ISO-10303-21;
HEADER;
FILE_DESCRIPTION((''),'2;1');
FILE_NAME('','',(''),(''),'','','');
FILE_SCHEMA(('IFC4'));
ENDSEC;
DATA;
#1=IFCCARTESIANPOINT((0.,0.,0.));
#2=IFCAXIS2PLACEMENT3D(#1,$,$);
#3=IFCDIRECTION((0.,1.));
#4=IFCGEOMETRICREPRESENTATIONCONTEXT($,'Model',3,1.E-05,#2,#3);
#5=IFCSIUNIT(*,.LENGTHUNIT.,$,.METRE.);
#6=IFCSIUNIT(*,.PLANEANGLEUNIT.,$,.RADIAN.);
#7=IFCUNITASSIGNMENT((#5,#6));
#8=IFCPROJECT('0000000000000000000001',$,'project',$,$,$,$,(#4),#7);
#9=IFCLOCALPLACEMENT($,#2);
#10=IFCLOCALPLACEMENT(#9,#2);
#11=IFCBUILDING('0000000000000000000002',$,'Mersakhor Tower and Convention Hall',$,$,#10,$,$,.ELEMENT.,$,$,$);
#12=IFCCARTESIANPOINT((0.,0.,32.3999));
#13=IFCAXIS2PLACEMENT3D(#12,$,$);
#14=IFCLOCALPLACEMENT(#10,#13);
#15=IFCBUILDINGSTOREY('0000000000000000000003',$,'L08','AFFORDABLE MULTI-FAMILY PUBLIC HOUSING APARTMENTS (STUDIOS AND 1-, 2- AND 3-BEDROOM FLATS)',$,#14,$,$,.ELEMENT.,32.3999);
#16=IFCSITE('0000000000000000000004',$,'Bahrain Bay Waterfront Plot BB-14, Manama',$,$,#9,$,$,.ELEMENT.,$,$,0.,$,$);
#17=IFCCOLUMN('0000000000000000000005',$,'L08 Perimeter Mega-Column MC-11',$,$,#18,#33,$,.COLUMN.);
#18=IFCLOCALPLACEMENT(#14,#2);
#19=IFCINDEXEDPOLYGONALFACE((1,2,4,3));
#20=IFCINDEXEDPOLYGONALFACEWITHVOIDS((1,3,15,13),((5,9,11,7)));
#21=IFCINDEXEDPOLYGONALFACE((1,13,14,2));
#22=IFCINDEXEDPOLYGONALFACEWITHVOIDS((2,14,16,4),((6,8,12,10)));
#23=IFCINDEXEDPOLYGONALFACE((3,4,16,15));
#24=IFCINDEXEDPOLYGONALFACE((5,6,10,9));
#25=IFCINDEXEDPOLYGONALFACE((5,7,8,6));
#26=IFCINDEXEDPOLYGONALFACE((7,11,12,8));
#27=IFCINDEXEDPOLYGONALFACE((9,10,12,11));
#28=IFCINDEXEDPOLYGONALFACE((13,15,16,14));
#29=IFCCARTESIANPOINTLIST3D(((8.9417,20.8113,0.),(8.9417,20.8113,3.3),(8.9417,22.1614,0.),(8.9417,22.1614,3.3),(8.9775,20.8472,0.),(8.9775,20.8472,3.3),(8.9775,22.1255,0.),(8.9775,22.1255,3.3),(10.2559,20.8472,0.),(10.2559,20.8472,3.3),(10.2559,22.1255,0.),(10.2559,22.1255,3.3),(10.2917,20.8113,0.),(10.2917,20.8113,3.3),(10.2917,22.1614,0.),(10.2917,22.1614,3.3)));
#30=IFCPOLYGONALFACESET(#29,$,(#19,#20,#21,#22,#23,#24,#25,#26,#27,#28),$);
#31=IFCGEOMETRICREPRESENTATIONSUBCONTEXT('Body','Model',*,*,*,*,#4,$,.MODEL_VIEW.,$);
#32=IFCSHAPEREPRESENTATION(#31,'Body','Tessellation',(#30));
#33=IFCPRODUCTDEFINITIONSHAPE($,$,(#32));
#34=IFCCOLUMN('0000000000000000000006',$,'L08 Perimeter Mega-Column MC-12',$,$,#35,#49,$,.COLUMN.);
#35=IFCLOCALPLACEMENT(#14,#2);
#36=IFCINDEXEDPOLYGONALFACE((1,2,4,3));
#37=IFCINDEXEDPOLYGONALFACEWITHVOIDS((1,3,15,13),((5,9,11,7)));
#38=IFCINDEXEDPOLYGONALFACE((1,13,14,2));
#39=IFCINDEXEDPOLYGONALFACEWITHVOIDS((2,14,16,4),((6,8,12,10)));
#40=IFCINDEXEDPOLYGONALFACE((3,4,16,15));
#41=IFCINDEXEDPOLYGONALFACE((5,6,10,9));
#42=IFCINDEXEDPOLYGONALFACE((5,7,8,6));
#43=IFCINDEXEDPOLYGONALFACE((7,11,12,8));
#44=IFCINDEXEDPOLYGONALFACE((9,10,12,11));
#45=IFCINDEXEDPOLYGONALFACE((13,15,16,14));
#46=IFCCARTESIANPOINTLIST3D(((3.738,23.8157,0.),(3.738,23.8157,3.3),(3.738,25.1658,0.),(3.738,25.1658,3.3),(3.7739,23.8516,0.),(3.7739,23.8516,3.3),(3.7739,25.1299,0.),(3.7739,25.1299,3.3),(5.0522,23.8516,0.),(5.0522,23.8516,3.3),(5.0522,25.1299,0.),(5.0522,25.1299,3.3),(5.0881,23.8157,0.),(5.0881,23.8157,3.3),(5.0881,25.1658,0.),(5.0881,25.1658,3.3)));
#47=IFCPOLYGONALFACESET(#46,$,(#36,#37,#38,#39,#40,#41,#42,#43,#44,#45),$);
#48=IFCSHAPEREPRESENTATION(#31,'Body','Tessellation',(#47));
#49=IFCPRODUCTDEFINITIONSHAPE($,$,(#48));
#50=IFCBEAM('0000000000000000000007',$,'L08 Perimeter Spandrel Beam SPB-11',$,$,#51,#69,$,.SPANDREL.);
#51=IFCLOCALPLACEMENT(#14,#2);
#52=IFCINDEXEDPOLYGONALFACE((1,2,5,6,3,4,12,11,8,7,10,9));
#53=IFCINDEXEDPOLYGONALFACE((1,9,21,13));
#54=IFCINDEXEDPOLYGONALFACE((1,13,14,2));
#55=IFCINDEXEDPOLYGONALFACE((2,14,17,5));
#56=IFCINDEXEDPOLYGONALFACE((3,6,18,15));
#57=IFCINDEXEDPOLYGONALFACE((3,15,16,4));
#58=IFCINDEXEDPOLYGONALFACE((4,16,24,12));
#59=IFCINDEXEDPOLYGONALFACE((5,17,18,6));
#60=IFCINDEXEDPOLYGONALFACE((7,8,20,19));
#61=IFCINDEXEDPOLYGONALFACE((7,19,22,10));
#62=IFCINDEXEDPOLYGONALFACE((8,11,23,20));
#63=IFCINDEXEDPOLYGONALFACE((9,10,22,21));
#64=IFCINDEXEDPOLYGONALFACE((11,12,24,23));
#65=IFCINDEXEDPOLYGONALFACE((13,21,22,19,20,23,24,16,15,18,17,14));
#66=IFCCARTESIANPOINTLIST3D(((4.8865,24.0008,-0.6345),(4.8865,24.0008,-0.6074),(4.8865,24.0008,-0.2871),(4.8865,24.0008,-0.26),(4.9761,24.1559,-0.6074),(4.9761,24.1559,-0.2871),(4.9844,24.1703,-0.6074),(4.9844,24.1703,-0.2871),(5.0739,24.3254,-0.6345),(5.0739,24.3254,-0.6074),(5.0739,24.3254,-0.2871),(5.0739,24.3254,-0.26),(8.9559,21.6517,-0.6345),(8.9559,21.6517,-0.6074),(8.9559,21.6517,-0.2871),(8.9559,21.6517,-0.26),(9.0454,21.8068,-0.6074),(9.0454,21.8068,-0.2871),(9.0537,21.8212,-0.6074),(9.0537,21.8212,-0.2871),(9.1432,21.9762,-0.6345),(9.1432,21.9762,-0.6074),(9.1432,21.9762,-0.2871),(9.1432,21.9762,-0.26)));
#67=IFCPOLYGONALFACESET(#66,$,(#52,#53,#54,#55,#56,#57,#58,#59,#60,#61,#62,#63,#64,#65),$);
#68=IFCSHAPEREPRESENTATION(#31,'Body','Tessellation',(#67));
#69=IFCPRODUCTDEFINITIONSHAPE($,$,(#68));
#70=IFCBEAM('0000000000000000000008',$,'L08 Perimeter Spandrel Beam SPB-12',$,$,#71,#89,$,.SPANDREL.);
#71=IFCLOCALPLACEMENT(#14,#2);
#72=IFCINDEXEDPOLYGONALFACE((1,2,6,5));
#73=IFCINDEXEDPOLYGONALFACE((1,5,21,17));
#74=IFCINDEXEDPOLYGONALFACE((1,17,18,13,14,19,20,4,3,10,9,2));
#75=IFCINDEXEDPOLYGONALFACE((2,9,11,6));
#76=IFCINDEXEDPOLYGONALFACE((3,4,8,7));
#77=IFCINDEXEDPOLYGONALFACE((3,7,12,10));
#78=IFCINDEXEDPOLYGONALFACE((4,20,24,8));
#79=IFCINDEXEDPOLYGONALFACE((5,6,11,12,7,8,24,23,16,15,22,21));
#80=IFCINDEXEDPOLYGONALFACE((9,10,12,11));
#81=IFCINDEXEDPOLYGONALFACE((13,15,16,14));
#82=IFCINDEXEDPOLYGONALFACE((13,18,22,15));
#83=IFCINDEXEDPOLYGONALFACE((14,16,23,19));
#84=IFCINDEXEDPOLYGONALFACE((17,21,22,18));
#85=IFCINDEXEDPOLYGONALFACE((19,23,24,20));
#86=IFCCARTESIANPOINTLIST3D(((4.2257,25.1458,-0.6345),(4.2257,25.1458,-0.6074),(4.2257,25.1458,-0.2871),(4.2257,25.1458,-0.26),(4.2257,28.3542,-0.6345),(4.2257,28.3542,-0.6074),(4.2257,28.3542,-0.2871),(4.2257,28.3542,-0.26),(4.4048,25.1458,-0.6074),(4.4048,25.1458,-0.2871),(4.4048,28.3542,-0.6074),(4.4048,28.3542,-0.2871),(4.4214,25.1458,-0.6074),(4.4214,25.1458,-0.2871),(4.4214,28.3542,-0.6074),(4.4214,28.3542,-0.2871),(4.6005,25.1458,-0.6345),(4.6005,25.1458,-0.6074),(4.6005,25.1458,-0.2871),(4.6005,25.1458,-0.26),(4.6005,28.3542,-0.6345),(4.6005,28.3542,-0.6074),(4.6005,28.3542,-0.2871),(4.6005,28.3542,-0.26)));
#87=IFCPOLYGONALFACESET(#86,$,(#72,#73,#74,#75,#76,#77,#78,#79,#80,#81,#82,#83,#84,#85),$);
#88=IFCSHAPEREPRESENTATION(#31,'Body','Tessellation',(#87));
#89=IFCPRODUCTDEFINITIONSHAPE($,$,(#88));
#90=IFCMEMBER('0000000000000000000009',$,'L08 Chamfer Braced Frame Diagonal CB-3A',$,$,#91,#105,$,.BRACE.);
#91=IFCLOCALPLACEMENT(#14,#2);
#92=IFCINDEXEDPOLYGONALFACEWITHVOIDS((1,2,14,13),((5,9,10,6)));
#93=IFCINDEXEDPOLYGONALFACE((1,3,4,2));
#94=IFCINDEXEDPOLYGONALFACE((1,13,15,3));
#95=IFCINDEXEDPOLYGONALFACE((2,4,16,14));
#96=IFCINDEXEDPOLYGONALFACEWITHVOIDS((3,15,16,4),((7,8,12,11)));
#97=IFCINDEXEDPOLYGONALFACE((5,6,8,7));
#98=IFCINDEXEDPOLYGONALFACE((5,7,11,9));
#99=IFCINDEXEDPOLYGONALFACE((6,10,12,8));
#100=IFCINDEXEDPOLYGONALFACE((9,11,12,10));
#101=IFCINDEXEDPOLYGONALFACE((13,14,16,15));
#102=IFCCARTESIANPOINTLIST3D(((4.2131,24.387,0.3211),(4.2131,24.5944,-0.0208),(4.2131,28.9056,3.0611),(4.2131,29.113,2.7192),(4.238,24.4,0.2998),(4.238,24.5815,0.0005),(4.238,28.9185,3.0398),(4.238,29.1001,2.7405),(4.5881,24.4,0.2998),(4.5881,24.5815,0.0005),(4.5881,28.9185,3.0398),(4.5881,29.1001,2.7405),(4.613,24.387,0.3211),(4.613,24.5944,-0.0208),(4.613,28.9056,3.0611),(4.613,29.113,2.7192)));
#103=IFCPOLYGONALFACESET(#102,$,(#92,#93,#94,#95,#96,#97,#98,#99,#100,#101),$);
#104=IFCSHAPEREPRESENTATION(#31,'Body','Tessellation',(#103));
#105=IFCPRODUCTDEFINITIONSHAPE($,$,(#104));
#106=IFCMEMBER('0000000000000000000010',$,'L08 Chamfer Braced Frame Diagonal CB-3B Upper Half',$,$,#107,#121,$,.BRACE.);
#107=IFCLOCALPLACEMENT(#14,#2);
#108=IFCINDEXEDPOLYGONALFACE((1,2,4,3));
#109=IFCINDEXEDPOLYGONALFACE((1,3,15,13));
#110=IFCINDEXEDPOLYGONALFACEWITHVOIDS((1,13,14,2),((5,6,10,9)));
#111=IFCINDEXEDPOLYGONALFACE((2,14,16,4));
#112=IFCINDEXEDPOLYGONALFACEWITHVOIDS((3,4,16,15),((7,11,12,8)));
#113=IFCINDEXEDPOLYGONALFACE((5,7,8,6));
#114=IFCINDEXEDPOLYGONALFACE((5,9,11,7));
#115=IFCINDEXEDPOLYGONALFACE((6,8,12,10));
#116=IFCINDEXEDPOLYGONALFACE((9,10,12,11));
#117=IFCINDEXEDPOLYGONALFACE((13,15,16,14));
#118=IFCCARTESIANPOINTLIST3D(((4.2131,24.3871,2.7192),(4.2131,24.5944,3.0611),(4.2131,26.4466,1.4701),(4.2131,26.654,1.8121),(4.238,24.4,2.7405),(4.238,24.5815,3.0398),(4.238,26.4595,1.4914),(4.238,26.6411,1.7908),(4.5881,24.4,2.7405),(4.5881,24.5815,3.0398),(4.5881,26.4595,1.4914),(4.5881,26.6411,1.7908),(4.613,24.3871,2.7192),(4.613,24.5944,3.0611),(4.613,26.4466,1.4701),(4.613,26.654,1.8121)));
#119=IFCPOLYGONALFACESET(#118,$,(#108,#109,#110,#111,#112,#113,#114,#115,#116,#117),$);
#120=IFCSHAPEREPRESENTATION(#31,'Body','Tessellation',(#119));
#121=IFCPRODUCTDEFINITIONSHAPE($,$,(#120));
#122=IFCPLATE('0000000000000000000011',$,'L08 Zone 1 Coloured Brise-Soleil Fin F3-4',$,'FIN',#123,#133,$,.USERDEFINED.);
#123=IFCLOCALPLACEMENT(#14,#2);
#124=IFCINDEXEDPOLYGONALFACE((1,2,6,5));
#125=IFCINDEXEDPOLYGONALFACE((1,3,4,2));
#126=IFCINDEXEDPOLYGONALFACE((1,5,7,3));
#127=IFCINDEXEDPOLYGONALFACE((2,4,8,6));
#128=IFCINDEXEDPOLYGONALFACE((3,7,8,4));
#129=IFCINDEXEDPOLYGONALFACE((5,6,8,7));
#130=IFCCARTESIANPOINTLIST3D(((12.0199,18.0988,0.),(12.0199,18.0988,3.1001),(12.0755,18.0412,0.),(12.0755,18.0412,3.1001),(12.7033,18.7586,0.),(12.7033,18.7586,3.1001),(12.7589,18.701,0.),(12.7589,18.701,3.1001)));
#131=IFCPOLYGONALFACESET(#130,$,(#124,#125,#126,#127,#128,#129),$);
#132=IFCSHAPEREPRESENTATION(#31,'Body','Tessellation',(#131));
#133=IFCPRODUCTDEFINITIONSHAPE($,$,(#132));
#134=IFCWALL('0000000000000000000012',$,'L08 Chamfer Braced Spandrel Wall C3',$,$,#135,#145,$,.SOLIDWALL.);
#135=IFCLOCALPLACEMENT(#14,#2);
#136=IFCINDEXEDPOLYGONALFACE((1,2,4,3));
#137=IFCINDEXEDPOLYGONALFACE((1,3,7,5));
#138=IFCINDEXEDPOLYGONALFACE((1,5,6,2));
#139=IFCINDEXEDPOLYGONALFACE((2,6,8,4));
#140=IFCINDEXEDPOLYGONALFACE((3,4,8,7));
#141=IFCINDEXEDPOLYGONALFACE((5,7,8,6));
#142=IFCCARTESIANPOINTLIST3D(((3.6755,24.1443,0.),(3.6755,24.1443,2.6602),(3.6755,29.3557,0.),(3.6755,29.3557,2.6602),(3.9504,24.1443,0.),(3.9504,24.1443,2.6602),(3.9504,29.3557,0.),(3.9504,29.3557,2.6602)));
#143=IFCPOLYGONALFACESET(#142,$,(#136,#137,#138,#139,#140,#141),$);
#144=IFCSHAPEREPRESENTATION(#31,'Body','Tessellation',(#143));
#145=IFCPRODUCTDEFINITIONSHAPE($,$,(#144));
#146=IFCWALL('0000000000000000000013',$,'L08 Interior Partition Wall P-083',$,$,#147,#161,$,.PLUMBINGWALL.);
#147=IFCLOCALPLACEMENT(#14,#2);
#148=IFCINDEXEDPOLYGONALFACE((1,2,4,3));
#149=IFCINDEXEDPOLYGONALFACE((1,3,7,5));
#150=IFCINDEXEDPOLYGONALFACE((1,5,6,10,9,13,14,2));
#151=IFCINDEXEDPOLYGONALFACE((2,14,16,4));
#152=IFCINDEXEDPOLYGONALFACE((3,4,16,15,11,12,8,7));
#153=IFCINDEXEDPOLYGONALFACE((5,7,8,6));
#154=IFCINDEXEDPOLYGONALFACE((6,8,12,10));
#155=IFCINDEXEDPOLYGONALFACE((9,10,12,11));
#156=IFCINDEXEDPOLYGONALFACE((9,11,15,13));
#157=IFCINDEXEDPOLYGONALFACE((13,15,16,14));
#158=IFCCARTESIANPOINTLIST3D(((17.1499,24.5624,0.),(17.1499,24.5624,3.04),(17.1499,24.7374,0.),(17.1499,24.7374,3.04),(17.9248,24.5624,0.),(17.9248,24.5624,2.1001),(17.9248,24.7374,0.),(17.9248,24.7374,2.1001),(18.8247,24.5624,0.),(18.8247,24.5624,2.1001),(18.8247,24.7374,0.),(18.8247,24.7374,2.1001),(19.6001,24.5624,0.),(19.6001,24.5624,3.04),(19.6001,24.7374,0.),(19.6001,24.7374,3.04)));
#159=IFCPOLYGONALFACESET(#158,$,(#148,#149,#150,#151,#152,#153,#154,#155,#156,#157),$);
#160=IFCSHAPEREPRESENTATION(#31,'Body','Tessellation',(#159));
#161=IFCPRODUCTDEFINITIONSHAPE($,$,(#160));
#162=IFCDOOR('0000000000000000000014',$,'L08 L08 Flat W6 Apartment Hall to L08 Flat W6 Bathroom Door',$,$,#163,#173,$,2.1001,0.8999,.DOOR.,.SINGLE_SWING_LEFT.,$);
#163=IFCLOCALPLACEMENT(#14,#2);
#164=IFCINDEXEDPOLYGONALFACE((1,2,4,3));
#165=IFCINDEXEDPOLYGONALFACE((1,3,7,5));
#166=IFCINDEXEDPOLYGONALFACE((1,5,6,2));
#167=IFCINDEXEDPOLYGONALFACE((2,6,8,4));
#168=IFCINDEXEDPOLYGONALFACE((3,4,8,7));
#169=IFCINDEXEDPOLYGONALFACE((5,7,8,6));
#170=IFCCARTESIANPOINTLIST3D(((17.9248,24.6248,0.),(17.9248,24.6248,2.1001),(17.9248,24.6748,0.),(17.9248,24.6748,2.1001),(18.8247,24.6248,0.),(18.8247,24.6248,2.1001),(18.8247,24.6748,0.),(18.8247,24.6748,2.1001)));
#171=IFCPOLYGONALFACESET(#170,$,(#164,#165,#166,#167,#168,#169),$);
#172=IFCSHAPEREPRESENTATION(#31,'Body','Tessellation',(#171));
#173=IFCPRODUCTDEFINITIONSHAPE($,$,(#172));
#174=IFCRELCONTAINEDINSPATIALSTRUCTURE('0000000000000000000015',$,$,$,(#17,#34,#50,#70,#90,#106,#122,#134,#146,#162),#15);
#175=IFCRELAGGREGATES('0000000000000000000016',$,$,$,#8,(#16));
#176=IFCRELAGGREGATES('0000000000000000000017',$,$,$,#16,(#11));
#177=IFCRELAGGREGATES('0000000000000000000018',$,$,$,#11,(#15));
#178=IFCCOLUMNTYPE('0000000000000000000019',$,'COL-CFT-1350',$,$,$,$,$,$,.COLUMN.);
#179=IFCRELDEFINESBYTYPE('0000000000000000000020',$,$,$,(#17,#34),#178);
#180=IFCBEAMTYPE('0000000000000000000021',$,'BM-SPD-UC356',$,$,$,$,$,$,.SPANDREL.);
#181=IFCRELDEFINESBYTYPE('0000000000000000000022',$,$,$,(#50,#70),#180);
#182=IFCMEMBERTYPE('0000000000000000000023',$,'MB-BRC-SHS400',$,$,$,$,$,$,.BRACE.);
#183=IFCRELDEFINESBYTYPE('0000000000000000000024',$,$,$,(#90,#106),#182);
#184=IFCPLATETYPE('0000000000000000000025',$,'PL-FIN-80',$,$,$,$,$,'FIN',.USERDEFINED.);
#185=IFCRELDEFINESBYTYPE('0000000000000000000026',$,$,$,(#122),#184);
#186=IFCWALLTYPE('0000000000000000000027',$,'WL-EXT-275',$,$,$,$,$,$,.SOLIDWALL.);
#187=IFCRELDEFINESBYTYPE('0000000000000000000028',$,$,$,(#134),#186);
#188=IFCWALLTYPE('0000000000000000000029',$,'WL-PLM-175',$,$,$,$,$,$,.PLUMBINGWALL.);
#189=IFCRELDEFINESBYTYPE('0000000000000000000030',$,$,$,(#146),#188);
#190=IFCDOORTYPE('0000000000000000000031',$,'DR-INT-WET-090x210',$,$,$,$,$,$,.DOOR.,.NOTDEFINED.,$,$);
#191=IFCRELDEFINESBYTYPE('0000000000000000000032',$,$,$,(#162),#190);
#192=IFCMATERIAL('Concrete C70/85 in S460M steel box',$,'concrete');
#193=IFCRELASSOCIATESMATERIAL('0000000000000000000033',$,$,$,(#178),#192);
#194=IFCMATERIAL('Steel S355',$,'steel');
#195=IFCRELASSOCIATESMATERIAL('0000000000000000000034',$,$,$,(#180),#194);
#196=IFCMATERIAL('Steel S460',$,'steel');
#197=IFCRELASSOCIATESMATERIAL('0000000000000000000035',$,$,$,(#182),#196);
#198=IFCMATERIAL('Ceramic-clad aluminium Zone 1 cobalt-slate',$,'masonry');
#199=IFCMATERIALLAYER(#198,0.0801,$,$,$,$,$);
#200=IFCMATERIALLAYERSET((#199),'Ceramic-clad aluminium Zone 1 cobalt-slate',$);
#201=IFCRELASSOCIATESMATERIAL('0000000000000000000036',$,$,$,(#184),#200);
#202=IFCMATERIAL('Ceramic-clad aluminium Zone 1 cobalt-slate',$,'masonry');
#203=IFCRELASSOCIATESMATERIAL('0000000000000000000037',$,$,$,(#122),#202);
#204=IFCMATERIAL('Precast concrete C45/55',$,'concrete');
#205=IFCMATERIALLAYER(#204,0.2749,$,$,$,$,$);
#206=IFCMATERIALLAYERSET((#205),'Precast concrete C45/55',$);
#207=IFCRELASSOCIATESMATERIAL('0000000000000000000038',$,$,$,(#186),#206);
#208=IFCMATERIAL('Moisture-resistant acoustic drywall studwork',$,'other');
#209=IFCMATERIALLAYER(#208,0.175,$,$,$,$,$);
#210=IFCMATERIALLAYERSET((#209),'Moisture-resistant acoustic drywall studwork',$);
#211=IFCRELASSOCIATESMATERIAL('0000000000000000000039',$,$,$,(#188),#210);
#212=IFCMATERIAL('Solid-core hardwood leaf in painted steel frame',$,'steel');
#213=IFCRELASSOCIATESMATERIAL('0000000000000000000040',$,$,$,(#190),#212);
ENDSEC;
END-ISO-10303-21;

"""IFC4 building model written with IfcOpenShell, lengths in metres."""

from ifc_helpers import new_model, si_unit, direction, frame, frame_2d, origin, origin_2d, place, context, subcontext, project, spatial, rectangle, hollow_rectangle, i_section, extrude, material, layer, layer_set, material_profile, profile_set, type_object, element, fill, save


model = new_model("IFC4")

# Units and contexts
model_context = context("Model", 3, precision=1e-05, world=origin(), true_north=direction((0.0, 1.0)))
body_context = subcontext(model_context, "Body", "Model", "MODEL_VIEW")
ifc_project = project(units=[si_unit("LENGTHUNIT", "METRE"), si_unit("PLANEANGLEUNIT", "RADIAN")], contexts=[model_context])

# Site, building, storey
site_placement = place(None, origin())
site = spatial("IfcSite", under=ifc_project, at=site_placement, Name="Bahrain Bay Waterfront Plot BB-14, Manama", CompositionType="ELEMENT", RefElevation=0.0)
building_placement = place(site_placement, origin())
building = spatial("IfcBuilding", under=site, at=building_placement, Name="Mersakhor Tower and Convention Hall", CompositionType="ELEMENT")
storey_placement = place(building_placement, frame((0.0, 0.0, 32.3999)))
storey = spatial("IfcBuildingStorey", under=building, at=storey_placement, Name="L08", Description="AFFORDABLE MULTI-FAMILY PUBLIC HOUSING APARTMENTS (STUDIOS AND 1-, 2- AND 3-BEDROOM FLATS)", CompositionType="ELEMENT", Elevation=32.3999)

# Columns
ifc_material_1 = material(Name="Concrete C70/85 in S460M steel box", Category="concrete")
ifc_material_profile_1 = material_profile(ifc_material_1, hollow_rectangle(XDim=1.3501, YDim=1.3501, WallThickness=0.0359, at=origin_2d()), Name="SHS 1350x1350x36")
ifc_profile_set_1 = profile_set([ifc_material_profile_1], Name="Concrete C70/85 in S460M steel box")
column_type = type_object("IfcColumnType", Name="COL-CFT-1350", PredefinedType="COLUMN", material=ifc_profile_set_1)
for number, where, z_axis, x_axis, name in (
    (1, (9.6167, 21.4863, 0.0), (0.0, 0.0, 1.0), (1.0, 0.0, 0.0), "L08 Perimeter Mega-Column MC-11"),
    (2, (4.4131, 24.4907, 0.0), (0.0, 0.0, 1.0), (1.0, 0.0, 0.0), "L08 Perimeter Mega-Column MC-12"),
):
    element("IfcColumn", number, at=place(storey_placement, frame(where, z_axis=z_axis, x_axis=x_axis)), inside=storey, type_object=column_type, Name=name, PredefinedType="COLUMN", context=body_context, shape_type="SweptSolid", body=[
        extrude(hollow_rectangle(XDim=1.3501, YDim=1.3501, WallThickness=0.0359, at=origin_2d()), origin(), (0.0, 0.0, 1.0), 3.3),
    ])

# Beams
ifc_material_2 = material(Name="Steel S355", Category="steel")
ifc_material_profile_2 = material_profile(ifc_material_2, i_section(OverallWidth=0.3748, OverallDepth=0.3745, WebThickness=0.0166, FlangeThickness=0.0271, at=origin_2d()), Name="UC 356x368x202")
ifc_profile_set_2 = profile_set([ifc_material_profile_2], Name="Steel S355")
beam_type = type_object("IfcBeamType", Name="BM-SPD-UC356", PredefinedType="SPANDREL", material=ifc_profile_set_2)
beam_1_placement = place(storey_placement, frame((9.0496, 21.814, -0.4473), z_axis=(-0.866054, 0.49995, 0.0), x_axis=(-0.49995, -0.866054, 0.0)))
element("IfcBeam", 3, at=beam_1_placement, inside=storey, type_object=beam_type, Name="L08 Perimeter Spandrel Beam SPB-11", PredefinedType="SPANDREL", context=body_context, shape_type="SweptSolid", body=[
    extrude(i_section(OverallWidth=0.3748, OverallDepth=0.3745, WebThickness=0.0166, FlangeThickness=0.0271, at=origin_2d()), origin(), (0.0, 0.0, 1.0), 4.6987),
])
beam_2_placement = place(storey_placement, frame((4.4131, 25.1458, -0.4473), z_axis=(0.0, 1.0, 0.0), x_axis=(-1.0, 0.0, 0.0)))
element("IfcBeam", 4, at=beam_2_placement, inside=storey, type_object=beam_type, Name="L08 Perimeter Spandrel Beam SPB-12", PredefinedType="SPANDREL", context=body_context, shape_type="SweptSolid", body=[
    extrude(i_section(OverallWidth=0.3748, OverallDepth=0.3745, WebThickness=0.0166, FlangeThickness=0.0271, at=origin_2d()), origin(), (0.0, 0.0, 1.0), 3.2085),
])

# Members
ifc_material_3 = material(Name="Steel S460", Category="steel")
ifc_material_profile_3 = material_profile(ifc_material_3, hollow_rectangle(XDim=0.3999, YDim=0.3999, WallThickness=0.0249, at=origin_2d()), Name="SHS 400x400x25")
ifc_profile_set_3 = profile_set([ifc_material_profile_3], Name="Steel S460")
member_type = type_object("IfcMemberType", Name="MB-BRC-SHS400", PredefinedType="BRACE", material=ifc_profile_set_3)
member_1_placement = place(storey_placement, frame((4.4131, 24.4907, 0.1501), z_axis=(0.0, 0.855074, 0.518505), x_axis=(-1.0, 0.0, 0.0)))
element("IfcMember", 5, at=member_1_placement, inside=storey, type_object=member_type, Name="L08 Chamfer Braced Frame Diagonal CB-3A", PredefinedType="BRACE", context=body_context, shape_type="SweptSolid", body=[
    extrude(hollow_rectangle(XDim=0.3999, YDim=0.3999, WallThickness=0.0249, at=origin_2d()), origin(), (0.0, 0.0, 1.0), 5.2844),
])
member_2_placement = place(storey_placement, frame((4.4131, 26.5503, 1.6411), z_axis=(0.0, -0.855051, 0.518544), x_axis=(1.0, 0.0, 0.0)))
element("IfcMember", 6, at=member_2_placement, inside=storey, type_object=member_type, Name="L08 Chamfer Braced Frame Diagonal CB-3B Upper Half", PredefinedType="BRACE", context=body_context, shape_type="SweptSolid", body=[
    extrude(hollow_rectangle(XDim=0.3999, YDim=0.3999, WallThickness=0.0249, at=origin_2d()), origin(), (0.0, 0.0, 1.0), 2.4087),
])

# Plate
ifc_material_4 = material(Name="Ceramic-clad aluminium Zone 1 cobalt-slate", Category="masonry")
ifc_material_5 = material(Name="Ceramic-clad aluminium Zone 1 cobalt-slate", Category="masonry")
ifc_layer_1 = layer(ifc_material_5, 0.0801)
ifc_layer_set_1 = layer_set([ifc_layer_1], Name="Ceramic-clad aluminium Zone 1 cobalt-slate")
plate_type = type_object("IfcPlateType", Name="PL-FIN-80", ElementType="FIN", PredefinedType="USERDEFINED", material=ifc_layer_set_1)
plate_placement = place(storey_placement, frame((12.3894, 18.3999, 0.0), z_axis=(0.0, 0.0, 1.0), x_axis=(-0.71934, -0.694658, 0.0)))
element("IfcPlate", 7, at=plate_placement, inside=storey, type_object=plate_type, material=ifc_material_4, Name="L08 Zone 1 Coloured Brise-Soleil Fin F3-4", ObjectType="FIN", PredefinedType="USERDEFINED", context=body_context, shape_type="SweptSolid", body=[
    extrude(rectangle(XDim=0.95, YDim=0.0801, at=origin_2d()), origin(), (0.0, 0.0, 1.0), 3.1001),
])

# Wall
ifc_material_6 = material(Name="Precast concrete C45/55", Category="concrete")
ifc_layer_2 = layer(ifc_material_6, 0.2749)
ifc_layer_set_2 = layer_set([ifc_layer_2], Name="Precast concrete C45/55")
wall_type_1 = type_object("IfcWallType", Name="WL-EXT-275", PredefinedType="SOLIDWALL", material=ifc_layer_set_2)
wall_1_placement = place(storey_placement, frame((3.813, 24.1443, 0.0), z_axis=(0.0, 0.0, 1.0), x_axis=(0.0, 1.0, 0.0)))
element("IfcWall", 8, at=wall_1_placement, inside=storey, type_object=wall_type_1, Name="L08 Chamfer Braced Spandrel Wall C3", PredefinedType="SOLIDWALL", context=body_context, shape_type="SweptSolid", body=[
    extrude(rectangle(XDim=5.2114, YDim=0.2749, at=frame_2d((2.6057, 0.0))), origin(), (0.0, 0.0, 1.0), 2.6602),
])

# Wall, opening, door
ifc_material_7 = material(Name="Moisture-resistant acoustic drywall studwork", Category="other")
ifc_layer_3 = layer(ifc_material_7, 0.175)
ifc_layer_set_3 = layer_set([ifc_layer_3], Name="Moisture-resistant acoustic drywall studwork")
wall_type_2 = type_object("IfcWallType", Name="WL-PLM-175", PredefinedType="PLUMBINGWALL", material=ifc_layer_set_3)
wall_2_placement = place(storey_placement, frame((17.1499, 24.6499, 0.0), z_axis=(0.0, 0.0, 1.0), x_axis=(1.0, 0.0, 0.0)))
wall_2 = element("IfcWall", 9, at=wall_2_placement, inside=storey, type_object=wall_type_2, Name="L08 Interior Partition Wall P-083", PredefinedType="PLUMBINGWALL", context=body_context, shape_type="SweptSolid", body=[
    extrude(rectangle(XDim=2.4502, YDim=0.175, at=frame_2d((1.2251, 0.0))), origin(), (0.0, 0.0, 1.0), 3.04),
])
opening_1_placement = place(wall_2_placement, frame((0.7749, 0.0, 0.0)))
opening_1 = element("IfcOpeningElement", 10, at=opening_1_placement, cuts=wall_2, PredefinedType="OPENING", context=body_context, shape_type="SweptSolid", body=[
    extrude(rectangle(XDim=0.8999, YDim=2.1001, at=frame_2d((0.45, 1.05))), frame((0.0, 0.0974, 0.0), z_axis=(0.0, -1.0, 0.0), x_axis=(1.0, 0.0, 0.0)), (0.0, 0.0, 1.0), 0.1951),
])
ifc_material_8 = material(Name="Solid-core hardwood leaf in painted steel frame", Category="steel")
door_type_1 = type_object("IfcDoorType", Name="DR-INT-WET-090x210", OperationType="NOTDEFINED", PredefinedType="DOOR", material=ifc_material_8)
door_1_placement = place(opening_1_placement, origin())
door_1 = element("IfcDoor", 11, at=door_1_placement, inside=storey, type_object=door_type_1, Name="L08 L08 Flat W6 Apartment Hall to L08 Flat W6 Bathroom Door", OperationType="SINGLE_SWING_LEFT", OverallHeight=2.1001, OverallWidth=0.8999, PredefinedType="DOOR", context=body_context, shape_type="SweptSolid", body=[
    extrude(rectangle(XDim=0.8999, YDim=2.1001, at=frame_2d((0.45, 1.05))), frame((0.0, 0.0249, 0.0), z_axis=(0.0, -1.0, 0.0), x_axis=(1.0, 0.0, 0.0)), (0.0, 0.0, 1.0), 0.05),
])
fill(opening_1, door_1)

save(model, "model.ifc")
